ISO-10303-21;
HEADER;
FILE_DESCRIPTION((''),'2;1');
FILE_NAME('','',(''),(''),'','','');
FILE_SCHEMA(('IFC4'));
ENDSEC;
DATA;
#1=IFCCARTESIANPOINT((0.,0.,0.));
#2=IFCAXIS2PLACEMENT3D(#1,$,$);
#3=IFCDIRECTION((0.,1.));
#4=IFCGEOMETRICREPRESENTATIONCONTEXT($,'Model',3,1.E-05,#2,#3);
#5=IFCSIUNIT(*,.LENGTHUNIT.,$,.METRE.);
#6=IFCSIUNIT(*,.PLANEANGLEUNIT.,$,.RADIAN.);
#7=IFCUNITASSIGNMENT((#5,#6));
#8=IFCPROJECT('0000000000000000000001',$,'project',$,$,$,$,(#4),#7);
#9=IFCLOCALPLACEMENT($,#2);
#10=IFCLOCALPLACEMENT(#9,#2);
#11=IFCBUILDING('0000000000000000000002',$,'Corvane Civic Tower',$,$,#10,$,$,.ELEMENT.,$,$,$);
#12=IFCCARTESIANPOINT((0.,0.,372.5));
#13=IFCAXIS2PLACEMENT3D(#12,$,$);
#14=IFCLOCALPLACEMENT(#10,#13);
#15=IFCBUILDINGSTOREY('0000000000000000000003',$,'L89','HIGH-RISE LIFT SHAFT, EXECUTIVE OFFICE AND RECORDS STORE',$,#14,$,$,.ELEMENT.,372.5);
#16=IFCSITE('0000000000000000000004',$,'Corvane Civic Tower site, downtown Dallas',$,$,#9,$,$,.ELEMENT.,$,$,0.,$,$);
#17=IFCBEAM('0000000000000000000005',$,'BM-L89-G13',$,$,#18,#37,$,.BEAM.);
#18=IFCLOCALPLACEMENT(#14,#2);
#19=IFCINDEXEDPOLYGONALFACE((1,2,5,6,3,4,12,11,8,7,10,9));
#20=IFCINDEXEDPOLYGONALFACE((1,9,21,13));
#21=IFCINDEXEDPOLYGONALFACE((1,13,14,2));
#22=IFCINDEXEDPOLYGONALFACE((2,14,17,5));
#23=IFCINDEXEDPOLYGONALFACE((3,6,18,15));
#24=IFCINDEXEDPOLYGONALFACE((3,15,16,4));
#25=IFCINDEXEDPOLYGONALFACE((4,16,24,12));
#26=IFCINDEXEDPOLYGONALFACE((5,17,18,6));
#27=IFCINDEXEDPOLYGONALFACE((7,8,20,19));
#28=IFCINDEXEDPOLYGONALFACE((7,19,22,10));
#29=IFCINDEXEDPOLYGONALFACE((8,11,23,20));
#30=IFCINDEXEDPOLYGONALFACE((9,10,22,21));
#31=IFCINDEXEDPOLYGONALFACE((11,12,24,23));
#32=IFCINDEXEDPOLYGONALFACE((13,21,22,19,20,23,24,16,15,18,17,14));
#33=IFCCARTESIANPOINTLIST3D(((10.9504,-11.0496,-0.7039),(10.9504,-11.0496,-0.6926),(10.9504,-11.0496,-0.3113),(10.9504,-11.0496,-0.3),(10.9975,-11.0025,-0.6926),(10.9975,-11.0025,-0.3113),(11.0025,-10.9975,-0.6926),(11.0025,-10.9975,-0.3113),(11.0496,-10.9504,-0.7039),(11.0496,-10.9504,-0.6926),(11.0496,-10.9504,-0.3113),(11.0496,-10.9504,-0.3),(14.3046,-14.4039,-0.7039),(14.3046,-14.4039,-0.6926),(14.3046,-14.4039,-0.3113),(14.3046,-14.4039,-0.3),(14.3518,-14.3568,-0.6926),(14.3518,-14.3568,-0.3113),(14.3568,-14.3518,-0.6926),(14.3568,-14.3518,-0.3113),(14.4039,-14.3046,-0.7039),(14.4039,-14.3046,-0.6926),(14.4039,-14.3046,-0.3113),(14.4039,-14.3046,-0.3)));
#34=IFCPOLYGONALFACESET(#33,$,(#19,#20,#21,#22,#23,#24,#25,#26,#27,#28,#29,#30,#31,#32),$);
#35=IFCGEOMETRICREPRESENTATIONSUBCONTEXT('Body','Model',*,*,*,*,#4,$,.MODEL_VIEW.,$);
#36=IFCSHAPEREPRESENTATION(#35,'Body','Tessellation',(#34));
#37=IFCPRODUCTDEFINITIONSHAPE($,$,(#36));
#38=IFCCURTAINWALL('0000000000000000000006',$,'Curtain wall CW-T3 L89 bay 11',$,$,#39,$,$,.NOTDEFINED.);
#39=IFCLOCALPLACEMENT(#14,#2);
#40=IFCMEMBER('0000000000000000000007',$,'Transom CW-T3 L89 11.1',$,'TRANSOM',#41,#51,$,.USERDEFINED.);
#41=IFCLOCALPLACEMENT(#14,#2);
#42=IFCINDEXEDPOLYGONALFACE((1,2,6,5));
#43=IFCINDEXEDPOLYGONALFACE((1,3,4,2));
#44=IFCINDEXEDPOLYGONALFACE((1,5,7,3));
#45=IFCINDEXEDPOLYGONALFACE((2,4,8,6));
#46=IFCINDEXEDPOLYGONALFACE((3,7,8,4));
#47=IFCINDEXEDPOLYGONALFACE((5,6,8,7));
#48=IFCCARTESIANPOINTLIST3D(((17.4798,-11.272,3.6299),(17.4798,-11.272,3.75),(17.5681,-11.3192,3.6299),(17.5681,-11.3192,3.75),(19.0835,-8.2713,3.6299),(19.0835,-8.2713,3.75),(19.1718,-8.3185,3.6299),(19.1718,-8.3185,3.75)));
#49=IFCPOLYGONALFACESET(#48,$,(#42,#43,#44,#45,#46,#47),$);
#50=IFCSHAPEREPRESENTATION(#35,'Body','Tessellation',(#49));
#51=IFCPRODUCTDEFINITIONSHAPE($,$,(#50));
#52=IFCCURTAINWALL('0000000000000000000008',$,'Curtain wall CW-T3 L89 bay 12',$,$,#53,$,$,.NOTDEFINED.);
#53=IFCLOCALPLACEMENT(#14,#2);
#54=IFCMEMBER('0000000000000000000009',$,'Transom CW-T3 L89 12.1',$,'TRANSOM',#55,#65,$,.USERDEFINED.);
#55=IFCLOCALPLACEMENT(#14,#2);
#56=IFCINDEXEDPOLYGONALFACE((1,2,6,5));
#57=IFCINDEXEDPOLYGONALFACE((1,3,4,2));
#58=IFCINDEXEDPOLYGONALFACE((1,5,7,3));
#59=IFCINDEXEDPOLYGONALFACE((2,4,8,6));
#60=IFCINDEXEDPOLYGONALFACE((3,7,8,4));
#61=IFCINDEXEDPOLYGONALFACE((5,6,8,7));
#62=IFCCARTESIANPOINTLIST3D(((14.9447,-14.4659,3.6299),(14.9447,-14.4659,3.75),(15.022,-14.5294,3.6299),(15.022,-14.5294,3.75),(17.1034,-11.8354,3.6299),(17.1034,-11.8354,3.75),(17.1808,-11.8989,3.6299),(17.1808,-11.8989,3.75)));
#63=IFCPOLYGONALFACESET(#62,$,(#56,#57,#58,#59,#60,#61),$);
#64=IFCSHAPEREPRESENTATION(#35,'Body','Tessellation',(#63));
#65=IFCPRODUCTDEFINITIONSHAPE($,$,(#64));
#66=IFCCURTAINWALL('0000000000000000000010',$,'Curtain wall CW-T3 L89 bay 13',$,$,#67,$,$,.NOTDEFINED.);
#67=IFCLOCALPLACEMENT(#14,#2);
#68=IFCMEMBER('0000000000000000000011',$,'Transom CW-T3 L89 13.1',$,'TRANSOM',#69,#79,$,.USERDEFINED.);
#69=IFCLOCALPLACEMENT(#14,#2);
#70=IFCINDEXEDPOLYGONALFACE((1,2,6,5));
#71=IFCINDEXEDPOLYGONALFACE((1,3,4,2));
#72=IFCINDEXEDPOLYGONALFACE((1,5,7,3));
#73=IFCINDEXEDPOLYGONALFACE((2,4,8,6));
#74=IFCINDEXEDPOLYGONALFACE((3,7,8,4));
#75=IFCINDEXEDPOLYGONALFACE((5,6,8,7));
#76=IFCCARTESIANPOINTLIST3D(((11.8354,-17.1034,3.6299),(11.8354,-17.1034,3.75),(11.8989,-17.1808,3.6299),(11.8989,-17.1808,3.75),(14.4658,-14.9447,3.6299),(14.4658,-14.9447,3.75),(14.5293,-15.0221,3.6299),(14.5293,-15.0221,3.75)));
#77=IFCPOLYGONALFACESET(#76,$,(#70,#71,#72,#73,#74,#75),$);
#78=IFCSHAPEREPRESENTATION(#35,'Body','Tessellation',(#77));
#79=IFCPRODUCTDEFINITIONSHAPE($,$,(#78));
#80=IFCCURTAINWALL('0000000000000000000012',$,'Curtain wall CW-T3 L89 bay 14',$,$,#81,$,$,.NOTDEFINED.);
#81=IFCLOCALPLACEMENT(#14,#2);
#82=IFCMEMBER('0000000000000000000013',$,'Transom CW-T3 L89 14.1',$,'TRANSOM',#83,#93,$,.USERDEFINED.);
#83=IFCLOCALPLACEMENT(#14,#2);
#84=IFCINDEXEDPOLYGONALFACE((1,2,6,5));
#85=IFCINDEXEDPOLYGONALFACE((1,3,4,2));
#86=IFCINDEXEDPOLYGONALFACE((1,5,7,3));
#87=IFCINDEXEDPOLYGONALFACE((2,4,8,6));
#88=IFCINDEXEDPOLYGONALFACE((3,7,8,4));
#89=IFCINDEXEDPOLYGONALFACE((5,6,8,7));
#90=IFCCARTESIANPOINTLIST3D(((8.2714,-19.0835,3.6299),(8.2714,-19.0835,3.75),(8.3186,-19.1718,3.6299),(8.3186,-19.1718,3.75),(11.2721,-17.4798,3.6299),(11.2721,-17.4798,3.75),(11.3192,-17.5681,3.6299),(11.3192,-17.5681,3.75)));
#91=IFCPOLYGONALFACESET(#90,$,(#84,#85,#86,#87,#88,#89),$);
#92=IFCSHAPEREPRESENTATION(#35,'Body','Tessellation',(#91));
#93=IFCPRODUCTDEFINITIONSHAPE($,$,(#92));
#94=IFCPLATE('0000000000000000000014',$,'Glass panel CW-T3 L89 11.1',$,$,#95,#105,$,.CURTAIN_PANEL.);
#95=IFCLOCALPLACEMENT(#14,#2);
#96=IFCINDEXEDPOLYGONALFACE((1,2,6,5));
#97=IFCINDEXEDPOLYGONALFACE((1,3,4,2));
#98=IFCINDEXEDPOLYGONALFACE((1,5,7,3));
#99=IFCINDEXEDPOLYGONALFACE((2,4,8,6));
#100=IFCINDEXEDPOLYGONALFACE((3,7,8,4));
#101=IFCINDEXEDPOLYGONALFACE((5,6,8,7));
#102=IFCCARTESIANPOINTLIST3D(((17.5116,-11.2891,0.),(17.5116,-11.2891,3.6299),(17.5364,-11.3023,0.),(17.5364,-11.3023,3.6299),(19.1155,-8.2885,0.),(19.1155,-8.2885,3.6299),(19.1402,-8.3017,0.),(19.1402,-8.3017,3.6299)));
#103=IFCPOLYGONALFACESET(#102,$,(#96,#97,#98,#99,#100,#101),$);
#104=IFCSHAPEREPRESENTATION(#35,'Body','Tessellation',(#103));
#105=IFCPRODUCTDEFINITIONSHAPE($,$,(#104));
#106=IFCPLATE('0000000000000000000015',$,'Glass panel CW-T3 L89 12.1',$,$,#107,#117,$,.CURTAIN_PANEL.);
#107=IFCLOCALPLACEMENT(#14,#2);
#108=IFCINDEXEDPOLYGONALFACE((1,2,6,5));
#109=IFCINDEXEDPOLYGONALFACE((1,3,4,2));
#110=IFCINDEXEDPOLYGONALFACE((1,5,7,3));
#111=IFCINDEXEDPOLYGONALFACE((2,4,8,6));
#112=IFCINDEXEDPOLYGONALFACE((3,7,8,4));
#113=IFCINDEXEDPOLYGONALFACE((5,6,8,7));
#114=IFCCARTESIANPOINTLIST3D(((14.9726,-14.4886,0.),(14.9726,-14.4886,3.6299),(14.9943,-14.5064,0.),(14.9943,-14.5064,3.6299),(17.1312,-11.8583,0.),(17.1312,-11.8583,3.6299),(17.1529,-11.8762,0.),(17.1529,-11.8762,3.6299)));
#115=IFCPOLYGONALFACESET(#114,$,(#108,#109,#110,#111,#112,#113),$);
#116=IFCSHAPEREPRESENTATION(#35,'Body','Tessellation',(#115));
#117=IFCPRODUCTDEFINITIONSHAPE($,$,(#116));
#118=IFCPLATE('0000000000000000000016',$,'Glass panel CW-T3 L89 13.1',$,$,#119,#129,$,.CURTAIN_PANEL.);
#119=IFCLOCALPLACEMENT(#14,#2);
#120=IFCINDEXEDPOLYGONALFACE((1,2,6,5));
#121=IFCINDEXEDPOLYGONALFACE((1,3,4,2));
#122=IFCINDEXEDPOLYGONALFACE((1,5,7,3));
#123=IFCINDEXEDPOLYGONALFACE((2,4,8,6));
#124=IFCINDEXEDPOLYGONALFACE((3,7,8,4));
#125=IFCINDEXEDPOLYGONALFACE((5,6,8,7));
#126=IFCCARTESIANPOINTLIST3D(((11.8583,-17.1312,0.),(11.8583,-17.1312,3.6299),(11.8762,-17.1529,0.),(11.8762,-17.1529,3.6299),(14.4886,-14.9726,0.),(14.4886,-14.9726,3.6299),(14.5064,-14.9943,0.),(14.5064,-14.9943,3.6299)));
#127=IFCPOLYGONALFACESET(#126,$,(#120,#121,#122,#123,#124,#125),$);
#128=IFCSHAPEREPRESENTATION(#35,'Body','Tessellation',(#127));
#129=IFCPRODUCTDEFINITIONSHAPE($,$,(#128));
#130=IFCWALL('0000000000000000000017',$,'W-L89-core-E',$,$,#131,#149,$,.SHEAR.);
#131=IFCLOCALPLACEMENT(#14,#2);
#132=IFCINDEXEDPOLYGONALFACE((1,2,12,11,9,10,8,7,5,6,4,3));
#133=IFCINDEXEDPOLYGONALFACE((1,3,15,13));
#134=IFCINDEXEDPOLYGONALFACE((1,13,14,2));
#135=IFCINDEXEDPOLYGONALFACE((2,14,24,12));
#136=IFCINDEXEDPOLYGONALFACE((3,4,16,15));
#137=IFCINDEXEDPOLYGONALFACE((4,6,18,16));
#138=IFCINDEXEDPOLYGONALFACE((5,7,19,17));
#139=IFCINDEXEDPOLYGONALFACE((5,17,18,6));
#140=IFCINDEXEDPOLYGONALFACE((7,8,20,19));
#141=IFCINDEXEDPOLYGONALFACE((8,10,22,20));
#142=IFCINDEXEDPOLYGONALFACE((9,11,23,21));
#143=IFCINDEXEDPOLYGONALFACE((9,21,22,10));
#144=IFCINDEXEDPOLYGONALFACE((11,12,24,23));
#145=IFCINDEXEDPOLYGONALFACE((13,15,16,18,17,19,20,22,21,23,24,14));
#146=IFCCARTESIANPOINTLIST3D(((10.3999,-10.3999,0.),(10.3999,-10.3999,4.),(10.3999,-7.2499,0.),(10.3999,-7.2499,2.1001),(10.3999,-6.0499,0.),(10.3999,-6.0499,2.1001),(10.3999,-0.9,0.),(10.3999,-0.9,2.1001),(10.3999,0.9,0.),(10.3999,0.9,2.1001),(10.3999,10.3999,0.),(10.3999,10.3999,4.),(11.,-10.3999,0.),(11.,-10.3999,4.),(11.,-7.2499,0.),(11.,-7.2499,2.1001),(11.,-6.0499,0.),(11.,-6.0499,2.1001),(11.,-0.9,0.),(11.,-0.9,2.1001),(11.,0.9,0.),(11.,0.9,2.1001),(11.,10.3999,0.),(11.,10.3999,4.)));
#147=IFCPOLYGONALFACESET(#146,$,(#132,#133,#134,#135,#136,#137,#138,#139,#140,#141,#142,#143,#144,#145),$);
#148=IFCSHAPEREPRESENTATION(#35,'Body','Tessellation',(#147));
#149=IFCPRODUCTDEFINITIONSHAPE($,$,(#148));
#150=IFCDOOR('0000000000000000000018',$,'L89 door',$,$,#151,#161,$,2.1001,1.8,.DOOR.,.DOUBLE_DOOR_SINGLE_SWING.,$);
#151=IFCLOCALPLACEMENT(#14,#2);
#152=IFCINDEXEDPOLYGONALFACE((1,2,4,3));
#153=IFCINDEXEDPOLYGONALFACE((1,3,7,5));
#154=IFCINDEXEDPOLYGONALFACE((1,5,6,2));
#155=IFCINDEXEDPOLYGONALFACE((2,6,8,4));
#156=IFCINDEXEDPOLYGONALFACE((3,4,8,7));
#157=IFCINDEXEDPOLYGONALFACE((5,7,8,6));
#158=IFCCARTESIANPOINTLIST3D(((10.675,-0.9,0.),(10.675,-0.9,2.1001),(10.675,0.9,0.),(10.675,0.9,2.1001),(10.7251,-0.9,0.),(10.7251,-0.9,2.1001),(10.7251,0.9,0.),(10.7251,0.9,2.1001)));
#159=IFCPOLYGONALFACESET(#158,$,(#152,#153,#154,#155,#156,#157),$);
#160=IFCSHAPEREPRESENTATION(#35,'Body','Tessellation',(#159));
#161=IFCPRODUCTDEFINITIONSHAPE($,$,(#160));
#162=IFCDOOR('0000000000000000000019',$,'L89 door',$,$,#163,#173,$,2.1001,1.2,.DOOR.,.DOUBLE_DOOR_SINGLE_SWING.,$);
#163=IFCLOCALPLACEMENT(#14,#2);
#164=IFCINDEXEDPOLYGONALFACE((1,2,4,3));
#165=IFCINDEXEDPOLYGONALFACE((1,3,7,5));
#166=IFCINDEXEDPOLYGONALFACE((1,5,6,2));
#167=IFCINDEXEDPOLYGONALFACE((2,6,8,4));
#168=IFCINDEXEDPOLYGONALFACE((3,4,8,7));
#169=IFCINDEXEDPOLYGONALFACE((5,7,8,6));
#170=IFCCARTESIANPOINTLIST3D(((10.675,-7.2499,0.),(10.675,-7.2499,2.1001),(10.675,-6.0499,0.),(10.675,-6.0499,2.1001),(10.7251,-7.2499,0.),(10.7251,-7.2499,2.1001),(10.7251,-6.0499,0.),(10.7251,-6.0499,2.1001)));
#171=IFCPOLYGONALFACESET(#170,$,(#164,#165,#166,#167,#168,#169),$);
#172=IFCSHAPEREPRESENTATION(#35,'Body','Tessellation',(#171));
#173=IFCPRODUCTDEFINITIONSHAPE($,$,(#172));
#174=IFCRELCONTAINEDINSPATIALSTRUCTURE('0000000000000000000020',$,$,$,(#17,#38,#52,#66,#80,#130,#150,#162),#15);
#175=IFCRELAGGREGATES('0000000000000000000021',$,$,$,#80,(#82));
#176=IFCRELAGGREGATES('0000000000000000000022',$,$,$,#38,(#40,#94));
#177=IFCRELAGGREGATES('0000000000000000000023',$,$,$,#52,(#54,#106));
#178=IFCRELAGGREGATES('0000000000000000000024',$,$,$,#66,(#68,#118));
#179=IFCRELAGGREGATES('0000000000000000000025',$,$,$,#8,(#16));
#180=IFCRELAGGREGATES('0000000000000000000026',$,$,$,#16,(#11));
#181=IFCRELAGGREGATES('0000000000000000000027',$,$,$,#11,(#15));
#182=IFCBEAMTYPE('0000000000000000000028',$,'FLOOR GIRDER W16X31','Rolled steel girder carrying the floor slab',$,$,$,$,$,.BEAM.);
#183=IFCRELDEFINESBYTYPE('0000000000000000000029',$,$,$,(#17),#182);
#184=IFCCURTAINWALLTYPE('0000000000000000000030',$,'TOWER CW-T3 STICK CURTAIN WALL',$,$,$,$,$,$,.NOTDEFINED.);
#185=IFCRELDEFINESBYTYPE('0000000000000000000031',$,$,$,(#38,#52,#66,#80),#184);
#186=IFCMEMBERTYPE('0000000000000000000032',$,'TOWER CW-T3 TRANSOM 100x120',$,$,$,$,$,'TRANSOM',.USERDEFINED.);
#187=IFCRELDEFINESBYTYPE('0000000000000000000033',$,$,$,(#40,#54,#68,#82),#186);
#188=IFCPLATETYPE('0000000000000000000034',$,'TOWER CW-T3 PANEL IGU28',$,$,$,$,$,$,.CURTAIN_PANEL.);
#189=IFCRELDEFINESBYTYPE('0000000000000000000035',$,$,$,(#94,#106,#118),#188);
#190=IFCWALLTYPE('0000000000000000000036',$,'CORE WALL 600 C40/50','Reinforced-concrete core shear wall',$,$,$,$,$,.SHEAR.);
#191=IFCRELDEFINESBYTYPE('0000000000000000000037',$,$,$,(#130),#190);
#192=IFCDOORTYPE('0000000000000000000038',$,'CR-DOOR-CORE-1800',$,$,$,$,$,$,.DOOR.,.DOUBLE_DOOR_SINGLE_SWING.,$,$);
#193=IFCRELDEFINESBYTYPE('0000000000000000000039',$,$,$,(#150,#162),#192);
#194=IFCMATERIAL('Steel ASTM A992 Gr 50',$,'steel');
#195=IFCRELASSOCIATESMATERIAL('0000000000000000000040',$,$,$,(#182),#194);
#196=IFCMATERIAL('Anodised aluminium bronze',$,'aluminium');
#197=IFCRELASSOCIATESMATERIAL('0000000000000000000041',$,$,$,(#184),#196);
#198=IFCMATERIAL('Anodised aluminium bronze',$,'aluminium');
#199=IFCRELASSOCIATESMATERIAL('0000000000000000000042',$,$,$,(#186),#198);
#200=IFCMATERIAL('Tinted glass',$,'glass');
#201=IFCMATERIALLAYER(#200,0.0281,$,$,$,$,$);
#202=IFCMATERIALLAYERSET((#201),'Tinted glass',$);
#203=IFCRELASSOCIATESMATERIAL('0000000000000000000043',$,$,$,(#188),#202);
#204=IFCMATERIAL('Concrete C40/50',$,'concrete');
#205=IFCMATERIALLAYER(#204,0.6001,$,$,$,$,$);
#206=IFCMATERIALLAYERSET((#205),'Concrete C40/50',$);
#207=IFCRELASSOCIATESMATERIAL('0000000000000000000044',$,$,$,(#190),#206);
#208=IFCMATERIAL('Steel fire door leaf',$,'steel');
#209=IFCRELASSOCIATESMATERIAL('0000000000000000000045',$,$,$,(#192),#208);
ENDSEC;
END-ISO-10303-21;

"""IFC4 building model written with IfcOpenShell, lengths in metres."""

from ifc_helpers import new_model, si_unit, direction, frame, frame_2d, origin, origin_2d, place, context, subcontext, project, spatial, rectangle, i_section, extrude, material, layer, layer_set, material_profile, profile_set, type_object, element, fill, aggregate, save


model = new_model("IFC4")

# Units and contexts
model_context = context("Model", 3, precision=1e-05, world=origin(), true_north=direction((0.0, 1.0)))
body_context = subcontext(model_context, "Body", "Model", "MODEL_VIEW")
ifc_project = project(units=[si_unit("LENGTHUNIT", "METRE"), si_unit("PLANEANGLEUNIT", "RADIAN")], contexts=[model_context])

# Site, building, storey
site_placement = place(None, origin())
site = spatial("IfcSite", under=ifc_project, at=site_placement, Name="Corvane Civic Tower site, downtown Dallas", CompositionType="ELEMENT", RefElevation=0.0)
building_placement = place(site_placement, origin())
building = spatial("IfcBuilding", under=site, at=building_placement, Name="Corvane Civic Tower", CompositionType="ELEMENT")
storey_placement = place(building_placement, frame((0.0, 0.0, 372.5)))
storey = spatial("IfcBuildingStorey", under=building, at=storey_placement, Name="L89", Description="HIGH-RISE LIFT SHAFT, EXECUTIVE OFFICE AND RECORDS STORE", CompositionType="ELEMENT", Elevation=372.5)

# Beam
ifc_material_1 = material(Name="Steel ASTM A992 Gr 50", Category="steel")
ifc_material_profile_1 = material_profile(ifc_material_1, i_section(OverallWidth=0.1404, OverallDepth=0.4038, WebThickness=0.0071, FlangeThickness=0.0112, at=origin_2d()), Name="W16X31")
ifc_profile_set_1 = profile_set([ifc_material_profile_1], Name="Steel ASTM A992 Gr 50")
beam_type_1 = type_object("IfcBeamType", Name="FLOOR GIRDER W16X31", Description="Rolled steel girder carrying the floor slab", PredefinedType="BEAM", material=ifc_profile_set_1)
beam_placement = place(storey_placement, frame((11.0, -11.0, -0.502), z_axis=(0.707107, -0.707107, 0.0), x_axis=(0.707107, 0.707107, 0.0)))
element("IfcBeam", 1, at=beam_placement, inside=storey, type_object=beam_type_1, Name="BM-L89-G13", PredefinedType="BEAM", context=body_context, shape_type="SweptSolid", body=[
    extrude(i_section(OverallWidth=0.1404, OverallDepth=0.4038, WebThickness=0.0071, FlangeThickness=0.0112, at=origin_2d()), origin(), (0.0, 0.0, 1.0), 4.7437),
])

# Curtain walls, members
ifc_material_2 = material(Name="Anodised aluminium bronze", Category="aluminium")
curtain_wall_type = type_object("IfcCurtainWallType", Name="TOWER CW-T3 STICK CURTAIN WALL", PredefinedType="NOTDEFINED", material=ifc_material_2)
curtain_wall_1_placement = place(storey_placement, origin())
curtain_wall_1 = element("IfcCurtainWall", 2, at=curtain_wall_1_placement, inside=storey, type_object=curtain_wall_type, Name="Curtain wall CW-T3 L89 bay 11", PredefinedType="NOTDEFINED")
ifc_material_3 = material(Name="Anodised aluminium bronze", Category="aluminium")
ifc_material_profile_2 = material_profile(ifc_material_3, rectangle(XDim=0.1001, YDim=0.1201, at=origin_2d()), Name="TOWER CW-T3 TRANSOM 100x120")
ifc_profile_set_2 = profile_set([ifc_material_profile_2], Name="Anodised aluminium bronze")
member_type = type_object("IfcMemberType", Name="TOWER CW-T3 TRANSOM 100x120", ElementType="TRANSOM", PredefinedType="USERDEFINED", material=ifc_profile_set_2)
member_1_placement = place(storey_placement, frame((19.1277, -8.2949, 3.6899), z_axis=(-0.471359, -0.881941, 0.0), x_axis=(0.881941, -0.471359, 0.0)))
member_1 = element("IfcMember", 3, at=member_1_placement, type_object=member_type, Name="Transom CW-T3 L89 11.1", ObjectType="TRANSOM", PredefinedType="USERDEFINED", context=body_context, shape_type="SweptSolid", body=[
    extrude(rectangle(XDim=0.1001, YDim=0.1201, at=origin_2d()), origin(), (0.0, 0.0, 1.0), 3.4023),
])
curtain_wall_2_placement = place(storey_placement, origin())
curtain_wall_2 = element("IfcCurtainWall", 4, at=curtain_wall_2_placement, inside=storey, type_object=curtain_wall_type, Name="Curtain wall CW-T3 L89 bay 12", PredefinedType="NOTDEFINED")
member_2_placement = place(storey_placement, frame((17.1421, -11.8672, 3.6899), z_axis=(-0.634394, -0.77301, 0.0), x_axis=(0.77301, -0.634394, 0.0)))
member_2 = element("IfcMember", 5, at=member_2_placement, type_object=member_type, Name="Transom CW-T3 L89 12.1", ObjectType="TRANSOM", PredefinedType="USERDEFINED", context=body_context, shape_type="SweptSolid", body=[
    extrude(rectangle(XDim=0.1001, YDim=0.1201, at=origin_2d()), origin(), (0.0, 0.0, 1.0), 3.4028),
])
curtain_wall_3_placement = place(storey_placement, origin())
curtain_wall_3 = element("IfcCurtainWall", 6, at=curtain_wall_3_placement, inside=storey, type_object=curtain_wall_type, Name="Curtain wall CW-T3 L89 bay 13", PredefinedType="NOTDEFINED")
member_3_placement = place(storey_placement, frame((14.4976, -14.9834, 3.6899), z_axis=(-0.77301, -0.634394, 0.0), x_axis=(0.634394, -0.77301, 0.0)))
member_3 = element("IfcMember", 7, at=member_3_placement, type_object=member_type, Name="Transom CW-T3 L89 13.1", ObjectType="TRANSOM", PredefinedType="USERDEFINED", context=body_context, shape_type="SweptSolid", body=[
    extrude(rectangle(XDim=0.1001, YDim=0.1201, at=origin_2d()), origin(), (0.0, 0.0, 1.0), 3.4028),
])
curtain_wall_4_placement = place(storey_placement, origin())
curtain_wall_4 = element("IfcCurtainWall", 8, at=curtain_wall_4_placement, inside=storey, type_object=curtain_wall_type, Name="Curtain wall CW-T3 L89 bay 14", PredefinedType="NOTDEFINED")
member_4_placement = place(storey_placement, frame((11.2957, -17.5239, 3.6899), z_axis=(-0.881941, -0.471359, 0.0), x_axis=(0.471359, -0.881941, 0.0)))
member_4 = element("IfcMember", 9, at=member_4_placement, type_object=member_type, Name="Transom CW-T3 L89 14.1", ObjectType="TRANSOM", PredefinedType="USERDEFINED", context=body_context, shape_type="SweptSolid", body=[
    extrude(rectangle(XDim=0.1001, YDim=0.1201, at=origin_2d()), origin(), (0.0, 0.0, 1.0), 3.4023),
])
aggregate(curtain_wall_4, [member_4])

# Plates
ifc_material_4 = material(Name="Tinted glass", Category="glass")
ifc_layer_1 = layer(ifc_material_4, 0.0281)
ifc_layer_set_1 = layer_set([ifc_layer_1], Name="Tinted glass")
plate_type = type_object("IfcPlateType", Name="TOWER CW-T3 PANEL IGU28", PredefinedType="CURTAIN_PANEL", material=ifc_layer_set_1)
plate_1_placement = place(storey_placement, frame((18.3259, -9.7954, 0.0), z_axis=(0.0, 0.0, 1.0), x_axis=(-0.471384, -0.881928, 0.0)))
plate_1 = element("IfcPlate", 10, at=plate_1_placement, type_object=plate_type, Name="Glass panel CW-T3 L89 11.1", PredefinedType="CURTAIN_PANEL", context=body_context, shape_type="SweptSolid", body=[
    extrude(rectangle(XDim=3.4023, YDim=0.0281, at=origin_2d()), origin(), (0.0, 0.0, 1.0), 3.6299),
])
aggregate(curtain_wall_1, [member_1, plate_1])
plate_2_placement = place(storey_placement, frame((16.0627, -13.1824, 0.0), z_axis=(0.0, 0.0, 1.0), x_axis=(-0.634393, -0.77301, 0.0)))
plate_2 = element("IfcPlate", 11, at=plate_2_placement, type_object=plate_type, Name="Glass panel CW-T3 L89 12.1", PredefinedType="CURTAIN_PANEL", context=body_context, shape_type="SweptSolid", body=[
    extrude(rectangle(XDim=3.4026, YDim=0.0281, at=origin_2d()), origin(), (0.0, 0.0, 1.0), 3.6299),
])
aggregate(curtain_wall_2, [member_2, plate_2])
plate_3_placement = place(storey_placement, frame((13.1824, -16.0627, 0.0), z_axis=(0.0, 0.0, 1.0), x_axis=(-0.77301, -0.634393, 0.0)))
plate_3 = element("IfcPlate", 12, at=plate_3_placement, type_object=plate_type, Name="Glass panel CW-T3 L89 13.1", PredefinedType="CURTAIN_PANEL", context=body_context, shape_type="SweptSolid", body=[
    extrude(rectangle(XDim=3.4026, YDim=0.0281, at=origin_2d()), origin(), (0.0, 0.0, 1.0), 3.6299),
])
aggregate(curtain_wall_3, [member_3, plate_3])

# Wall, openings, doors
ifc_material_5 = material(Name="Concrete C40/50", Category="concrete")
ifc_layer_2 = layer(ifc_material_5, 0.6001)
ifc_layer_set_2 = layer_set([ifc_layer_2], Name="Concrete C40/50")
wall_type_1 = type_object("IfcWallType", Name="CORE WALL 600 C40/50", Description="Reinforced-concrete core shear wall", PredefinedType="SHEAR", material=ifc_layer_set_2)
wall_1_placement = place(storey_placement, frame((10.7, -10.3999, 0.0), z_axis=(0.0, 0.0, 1.0), x_axis=(0.0, 1.0, 0.0)))
wall_1 = element("IfcWall", 13, at=wall_1_placement, inside=storey, type_object=wall_type_1, Name="W-L89-core-E", PredefinedType="SHEAR", context=body_context, shape_type="SweptSolid", body=[
    extrude(rectangle(XDim=20.7998, YDim=0.6001, at=frame_2d((10.3999, 0.0))), origin(), (0.0, 0.0, 1.0), 4.0),
])
opening_1_placement = place(wall_1_placement, frame((9.5, 0.0, 0.0)))
opening_1 = element("IfcOpeningElement", 14, at=opening_1_placement, cuts=wall_1, PredefinedType="OPENING", context=body_context, shape_type="SweptSolid", body=[
    extrude(rectangle(XDim=1.8, YDim=2.1001, at=frame_2d((0.8999, 1.05))), frame((0.0, 0.3101, 0.0), z_axis=(0.0, -1.0, 0.0), x_axis=(1.0, 0.0, 0.0)), (0.0, 0.0, 1.0), 0.6201),
])
opening_2_placement = place(wall_1_placement, frame((3.1499, 0.0, 0.0)))
opening_2 = element("IfcOpeningElement", 15, at=opening_2_placement, cuts=wall_1, PredefinedType="OPENING", context=body_context, shape_type="SweptSolid", body=[
    extrude(rectangle(XDim=1.2, YDim=2.1001, at=frame_2d((0.6001, 1.05))), frame((0.0, 0.3101, 0.0), z_axis=(0.0, -1.0, 0.0), x_axis=(1.0, 0.0, 0.0)), (0.0, 0.0, 1.0), 0.6201),
])
ifc_material_6 = material(Name="Steel fire door leaf", Category="steel")
door_type_1 = type_object("IfcDoorType", Name="CR-DOOR-CORE-1800", OperationType="DOUBLE_DOOR_SINGLE_SWING", PredefinedType="DOOR", material=ifc_material_6)
door_1_placement = place(opening_1_placement, origin())
door_1 = element("IfcDoor", 16, at=door_1_placement, inside=storey, type_object=door_type_1, Name="L89 door", OperationType="DOUBLE_DOOR_SINGLE_SWING", OverallHeight=2.1001, OverallWidth=1.8, PredefinedType="DOOR", context=body_context, shape_type="SweptSolid", body=[
    extrude(rectangle(XDim=1.8, YDim=2.1001, at=frame_2d((0.8999, 1.05))), frame((0.0, 0.0249, 0.0), z_axis=(0.0, -1.0, 0.0), x_axis=(1.0, 0.0, 0.0)), (0.0, 0.0, 1.0), 0.05),
])
fill(opening_1, door_1)
door_2_placement = place(opening_2_placement, origin())
door_2 = element("IfcDoor", 17, at=door_2_placement, inside=storey, type_object=door_type_1, Name="L89 door", OperationType="DOUBLE_DOOR_SINGLE_SWING", OverallHeight=2.1001, OverallWidth=1.2, PredefinedType="DOOR", context=body_context, shape_type="SweptSolid", body=[
    extrude(rectangle(XDim=1.2, YDim=2.1001, at=frame_2d((0.6001, 1.05))), frame((0.0, 0.0249, 0.0), z_axis=(0.0, -1.0, 0.0), x_axis=(1.0, 0.0, 0.0)), (0.0, 0.0, 1.0), 0.05),
])
fill(opening_2, door_2)

save(model, "model.ifc")
